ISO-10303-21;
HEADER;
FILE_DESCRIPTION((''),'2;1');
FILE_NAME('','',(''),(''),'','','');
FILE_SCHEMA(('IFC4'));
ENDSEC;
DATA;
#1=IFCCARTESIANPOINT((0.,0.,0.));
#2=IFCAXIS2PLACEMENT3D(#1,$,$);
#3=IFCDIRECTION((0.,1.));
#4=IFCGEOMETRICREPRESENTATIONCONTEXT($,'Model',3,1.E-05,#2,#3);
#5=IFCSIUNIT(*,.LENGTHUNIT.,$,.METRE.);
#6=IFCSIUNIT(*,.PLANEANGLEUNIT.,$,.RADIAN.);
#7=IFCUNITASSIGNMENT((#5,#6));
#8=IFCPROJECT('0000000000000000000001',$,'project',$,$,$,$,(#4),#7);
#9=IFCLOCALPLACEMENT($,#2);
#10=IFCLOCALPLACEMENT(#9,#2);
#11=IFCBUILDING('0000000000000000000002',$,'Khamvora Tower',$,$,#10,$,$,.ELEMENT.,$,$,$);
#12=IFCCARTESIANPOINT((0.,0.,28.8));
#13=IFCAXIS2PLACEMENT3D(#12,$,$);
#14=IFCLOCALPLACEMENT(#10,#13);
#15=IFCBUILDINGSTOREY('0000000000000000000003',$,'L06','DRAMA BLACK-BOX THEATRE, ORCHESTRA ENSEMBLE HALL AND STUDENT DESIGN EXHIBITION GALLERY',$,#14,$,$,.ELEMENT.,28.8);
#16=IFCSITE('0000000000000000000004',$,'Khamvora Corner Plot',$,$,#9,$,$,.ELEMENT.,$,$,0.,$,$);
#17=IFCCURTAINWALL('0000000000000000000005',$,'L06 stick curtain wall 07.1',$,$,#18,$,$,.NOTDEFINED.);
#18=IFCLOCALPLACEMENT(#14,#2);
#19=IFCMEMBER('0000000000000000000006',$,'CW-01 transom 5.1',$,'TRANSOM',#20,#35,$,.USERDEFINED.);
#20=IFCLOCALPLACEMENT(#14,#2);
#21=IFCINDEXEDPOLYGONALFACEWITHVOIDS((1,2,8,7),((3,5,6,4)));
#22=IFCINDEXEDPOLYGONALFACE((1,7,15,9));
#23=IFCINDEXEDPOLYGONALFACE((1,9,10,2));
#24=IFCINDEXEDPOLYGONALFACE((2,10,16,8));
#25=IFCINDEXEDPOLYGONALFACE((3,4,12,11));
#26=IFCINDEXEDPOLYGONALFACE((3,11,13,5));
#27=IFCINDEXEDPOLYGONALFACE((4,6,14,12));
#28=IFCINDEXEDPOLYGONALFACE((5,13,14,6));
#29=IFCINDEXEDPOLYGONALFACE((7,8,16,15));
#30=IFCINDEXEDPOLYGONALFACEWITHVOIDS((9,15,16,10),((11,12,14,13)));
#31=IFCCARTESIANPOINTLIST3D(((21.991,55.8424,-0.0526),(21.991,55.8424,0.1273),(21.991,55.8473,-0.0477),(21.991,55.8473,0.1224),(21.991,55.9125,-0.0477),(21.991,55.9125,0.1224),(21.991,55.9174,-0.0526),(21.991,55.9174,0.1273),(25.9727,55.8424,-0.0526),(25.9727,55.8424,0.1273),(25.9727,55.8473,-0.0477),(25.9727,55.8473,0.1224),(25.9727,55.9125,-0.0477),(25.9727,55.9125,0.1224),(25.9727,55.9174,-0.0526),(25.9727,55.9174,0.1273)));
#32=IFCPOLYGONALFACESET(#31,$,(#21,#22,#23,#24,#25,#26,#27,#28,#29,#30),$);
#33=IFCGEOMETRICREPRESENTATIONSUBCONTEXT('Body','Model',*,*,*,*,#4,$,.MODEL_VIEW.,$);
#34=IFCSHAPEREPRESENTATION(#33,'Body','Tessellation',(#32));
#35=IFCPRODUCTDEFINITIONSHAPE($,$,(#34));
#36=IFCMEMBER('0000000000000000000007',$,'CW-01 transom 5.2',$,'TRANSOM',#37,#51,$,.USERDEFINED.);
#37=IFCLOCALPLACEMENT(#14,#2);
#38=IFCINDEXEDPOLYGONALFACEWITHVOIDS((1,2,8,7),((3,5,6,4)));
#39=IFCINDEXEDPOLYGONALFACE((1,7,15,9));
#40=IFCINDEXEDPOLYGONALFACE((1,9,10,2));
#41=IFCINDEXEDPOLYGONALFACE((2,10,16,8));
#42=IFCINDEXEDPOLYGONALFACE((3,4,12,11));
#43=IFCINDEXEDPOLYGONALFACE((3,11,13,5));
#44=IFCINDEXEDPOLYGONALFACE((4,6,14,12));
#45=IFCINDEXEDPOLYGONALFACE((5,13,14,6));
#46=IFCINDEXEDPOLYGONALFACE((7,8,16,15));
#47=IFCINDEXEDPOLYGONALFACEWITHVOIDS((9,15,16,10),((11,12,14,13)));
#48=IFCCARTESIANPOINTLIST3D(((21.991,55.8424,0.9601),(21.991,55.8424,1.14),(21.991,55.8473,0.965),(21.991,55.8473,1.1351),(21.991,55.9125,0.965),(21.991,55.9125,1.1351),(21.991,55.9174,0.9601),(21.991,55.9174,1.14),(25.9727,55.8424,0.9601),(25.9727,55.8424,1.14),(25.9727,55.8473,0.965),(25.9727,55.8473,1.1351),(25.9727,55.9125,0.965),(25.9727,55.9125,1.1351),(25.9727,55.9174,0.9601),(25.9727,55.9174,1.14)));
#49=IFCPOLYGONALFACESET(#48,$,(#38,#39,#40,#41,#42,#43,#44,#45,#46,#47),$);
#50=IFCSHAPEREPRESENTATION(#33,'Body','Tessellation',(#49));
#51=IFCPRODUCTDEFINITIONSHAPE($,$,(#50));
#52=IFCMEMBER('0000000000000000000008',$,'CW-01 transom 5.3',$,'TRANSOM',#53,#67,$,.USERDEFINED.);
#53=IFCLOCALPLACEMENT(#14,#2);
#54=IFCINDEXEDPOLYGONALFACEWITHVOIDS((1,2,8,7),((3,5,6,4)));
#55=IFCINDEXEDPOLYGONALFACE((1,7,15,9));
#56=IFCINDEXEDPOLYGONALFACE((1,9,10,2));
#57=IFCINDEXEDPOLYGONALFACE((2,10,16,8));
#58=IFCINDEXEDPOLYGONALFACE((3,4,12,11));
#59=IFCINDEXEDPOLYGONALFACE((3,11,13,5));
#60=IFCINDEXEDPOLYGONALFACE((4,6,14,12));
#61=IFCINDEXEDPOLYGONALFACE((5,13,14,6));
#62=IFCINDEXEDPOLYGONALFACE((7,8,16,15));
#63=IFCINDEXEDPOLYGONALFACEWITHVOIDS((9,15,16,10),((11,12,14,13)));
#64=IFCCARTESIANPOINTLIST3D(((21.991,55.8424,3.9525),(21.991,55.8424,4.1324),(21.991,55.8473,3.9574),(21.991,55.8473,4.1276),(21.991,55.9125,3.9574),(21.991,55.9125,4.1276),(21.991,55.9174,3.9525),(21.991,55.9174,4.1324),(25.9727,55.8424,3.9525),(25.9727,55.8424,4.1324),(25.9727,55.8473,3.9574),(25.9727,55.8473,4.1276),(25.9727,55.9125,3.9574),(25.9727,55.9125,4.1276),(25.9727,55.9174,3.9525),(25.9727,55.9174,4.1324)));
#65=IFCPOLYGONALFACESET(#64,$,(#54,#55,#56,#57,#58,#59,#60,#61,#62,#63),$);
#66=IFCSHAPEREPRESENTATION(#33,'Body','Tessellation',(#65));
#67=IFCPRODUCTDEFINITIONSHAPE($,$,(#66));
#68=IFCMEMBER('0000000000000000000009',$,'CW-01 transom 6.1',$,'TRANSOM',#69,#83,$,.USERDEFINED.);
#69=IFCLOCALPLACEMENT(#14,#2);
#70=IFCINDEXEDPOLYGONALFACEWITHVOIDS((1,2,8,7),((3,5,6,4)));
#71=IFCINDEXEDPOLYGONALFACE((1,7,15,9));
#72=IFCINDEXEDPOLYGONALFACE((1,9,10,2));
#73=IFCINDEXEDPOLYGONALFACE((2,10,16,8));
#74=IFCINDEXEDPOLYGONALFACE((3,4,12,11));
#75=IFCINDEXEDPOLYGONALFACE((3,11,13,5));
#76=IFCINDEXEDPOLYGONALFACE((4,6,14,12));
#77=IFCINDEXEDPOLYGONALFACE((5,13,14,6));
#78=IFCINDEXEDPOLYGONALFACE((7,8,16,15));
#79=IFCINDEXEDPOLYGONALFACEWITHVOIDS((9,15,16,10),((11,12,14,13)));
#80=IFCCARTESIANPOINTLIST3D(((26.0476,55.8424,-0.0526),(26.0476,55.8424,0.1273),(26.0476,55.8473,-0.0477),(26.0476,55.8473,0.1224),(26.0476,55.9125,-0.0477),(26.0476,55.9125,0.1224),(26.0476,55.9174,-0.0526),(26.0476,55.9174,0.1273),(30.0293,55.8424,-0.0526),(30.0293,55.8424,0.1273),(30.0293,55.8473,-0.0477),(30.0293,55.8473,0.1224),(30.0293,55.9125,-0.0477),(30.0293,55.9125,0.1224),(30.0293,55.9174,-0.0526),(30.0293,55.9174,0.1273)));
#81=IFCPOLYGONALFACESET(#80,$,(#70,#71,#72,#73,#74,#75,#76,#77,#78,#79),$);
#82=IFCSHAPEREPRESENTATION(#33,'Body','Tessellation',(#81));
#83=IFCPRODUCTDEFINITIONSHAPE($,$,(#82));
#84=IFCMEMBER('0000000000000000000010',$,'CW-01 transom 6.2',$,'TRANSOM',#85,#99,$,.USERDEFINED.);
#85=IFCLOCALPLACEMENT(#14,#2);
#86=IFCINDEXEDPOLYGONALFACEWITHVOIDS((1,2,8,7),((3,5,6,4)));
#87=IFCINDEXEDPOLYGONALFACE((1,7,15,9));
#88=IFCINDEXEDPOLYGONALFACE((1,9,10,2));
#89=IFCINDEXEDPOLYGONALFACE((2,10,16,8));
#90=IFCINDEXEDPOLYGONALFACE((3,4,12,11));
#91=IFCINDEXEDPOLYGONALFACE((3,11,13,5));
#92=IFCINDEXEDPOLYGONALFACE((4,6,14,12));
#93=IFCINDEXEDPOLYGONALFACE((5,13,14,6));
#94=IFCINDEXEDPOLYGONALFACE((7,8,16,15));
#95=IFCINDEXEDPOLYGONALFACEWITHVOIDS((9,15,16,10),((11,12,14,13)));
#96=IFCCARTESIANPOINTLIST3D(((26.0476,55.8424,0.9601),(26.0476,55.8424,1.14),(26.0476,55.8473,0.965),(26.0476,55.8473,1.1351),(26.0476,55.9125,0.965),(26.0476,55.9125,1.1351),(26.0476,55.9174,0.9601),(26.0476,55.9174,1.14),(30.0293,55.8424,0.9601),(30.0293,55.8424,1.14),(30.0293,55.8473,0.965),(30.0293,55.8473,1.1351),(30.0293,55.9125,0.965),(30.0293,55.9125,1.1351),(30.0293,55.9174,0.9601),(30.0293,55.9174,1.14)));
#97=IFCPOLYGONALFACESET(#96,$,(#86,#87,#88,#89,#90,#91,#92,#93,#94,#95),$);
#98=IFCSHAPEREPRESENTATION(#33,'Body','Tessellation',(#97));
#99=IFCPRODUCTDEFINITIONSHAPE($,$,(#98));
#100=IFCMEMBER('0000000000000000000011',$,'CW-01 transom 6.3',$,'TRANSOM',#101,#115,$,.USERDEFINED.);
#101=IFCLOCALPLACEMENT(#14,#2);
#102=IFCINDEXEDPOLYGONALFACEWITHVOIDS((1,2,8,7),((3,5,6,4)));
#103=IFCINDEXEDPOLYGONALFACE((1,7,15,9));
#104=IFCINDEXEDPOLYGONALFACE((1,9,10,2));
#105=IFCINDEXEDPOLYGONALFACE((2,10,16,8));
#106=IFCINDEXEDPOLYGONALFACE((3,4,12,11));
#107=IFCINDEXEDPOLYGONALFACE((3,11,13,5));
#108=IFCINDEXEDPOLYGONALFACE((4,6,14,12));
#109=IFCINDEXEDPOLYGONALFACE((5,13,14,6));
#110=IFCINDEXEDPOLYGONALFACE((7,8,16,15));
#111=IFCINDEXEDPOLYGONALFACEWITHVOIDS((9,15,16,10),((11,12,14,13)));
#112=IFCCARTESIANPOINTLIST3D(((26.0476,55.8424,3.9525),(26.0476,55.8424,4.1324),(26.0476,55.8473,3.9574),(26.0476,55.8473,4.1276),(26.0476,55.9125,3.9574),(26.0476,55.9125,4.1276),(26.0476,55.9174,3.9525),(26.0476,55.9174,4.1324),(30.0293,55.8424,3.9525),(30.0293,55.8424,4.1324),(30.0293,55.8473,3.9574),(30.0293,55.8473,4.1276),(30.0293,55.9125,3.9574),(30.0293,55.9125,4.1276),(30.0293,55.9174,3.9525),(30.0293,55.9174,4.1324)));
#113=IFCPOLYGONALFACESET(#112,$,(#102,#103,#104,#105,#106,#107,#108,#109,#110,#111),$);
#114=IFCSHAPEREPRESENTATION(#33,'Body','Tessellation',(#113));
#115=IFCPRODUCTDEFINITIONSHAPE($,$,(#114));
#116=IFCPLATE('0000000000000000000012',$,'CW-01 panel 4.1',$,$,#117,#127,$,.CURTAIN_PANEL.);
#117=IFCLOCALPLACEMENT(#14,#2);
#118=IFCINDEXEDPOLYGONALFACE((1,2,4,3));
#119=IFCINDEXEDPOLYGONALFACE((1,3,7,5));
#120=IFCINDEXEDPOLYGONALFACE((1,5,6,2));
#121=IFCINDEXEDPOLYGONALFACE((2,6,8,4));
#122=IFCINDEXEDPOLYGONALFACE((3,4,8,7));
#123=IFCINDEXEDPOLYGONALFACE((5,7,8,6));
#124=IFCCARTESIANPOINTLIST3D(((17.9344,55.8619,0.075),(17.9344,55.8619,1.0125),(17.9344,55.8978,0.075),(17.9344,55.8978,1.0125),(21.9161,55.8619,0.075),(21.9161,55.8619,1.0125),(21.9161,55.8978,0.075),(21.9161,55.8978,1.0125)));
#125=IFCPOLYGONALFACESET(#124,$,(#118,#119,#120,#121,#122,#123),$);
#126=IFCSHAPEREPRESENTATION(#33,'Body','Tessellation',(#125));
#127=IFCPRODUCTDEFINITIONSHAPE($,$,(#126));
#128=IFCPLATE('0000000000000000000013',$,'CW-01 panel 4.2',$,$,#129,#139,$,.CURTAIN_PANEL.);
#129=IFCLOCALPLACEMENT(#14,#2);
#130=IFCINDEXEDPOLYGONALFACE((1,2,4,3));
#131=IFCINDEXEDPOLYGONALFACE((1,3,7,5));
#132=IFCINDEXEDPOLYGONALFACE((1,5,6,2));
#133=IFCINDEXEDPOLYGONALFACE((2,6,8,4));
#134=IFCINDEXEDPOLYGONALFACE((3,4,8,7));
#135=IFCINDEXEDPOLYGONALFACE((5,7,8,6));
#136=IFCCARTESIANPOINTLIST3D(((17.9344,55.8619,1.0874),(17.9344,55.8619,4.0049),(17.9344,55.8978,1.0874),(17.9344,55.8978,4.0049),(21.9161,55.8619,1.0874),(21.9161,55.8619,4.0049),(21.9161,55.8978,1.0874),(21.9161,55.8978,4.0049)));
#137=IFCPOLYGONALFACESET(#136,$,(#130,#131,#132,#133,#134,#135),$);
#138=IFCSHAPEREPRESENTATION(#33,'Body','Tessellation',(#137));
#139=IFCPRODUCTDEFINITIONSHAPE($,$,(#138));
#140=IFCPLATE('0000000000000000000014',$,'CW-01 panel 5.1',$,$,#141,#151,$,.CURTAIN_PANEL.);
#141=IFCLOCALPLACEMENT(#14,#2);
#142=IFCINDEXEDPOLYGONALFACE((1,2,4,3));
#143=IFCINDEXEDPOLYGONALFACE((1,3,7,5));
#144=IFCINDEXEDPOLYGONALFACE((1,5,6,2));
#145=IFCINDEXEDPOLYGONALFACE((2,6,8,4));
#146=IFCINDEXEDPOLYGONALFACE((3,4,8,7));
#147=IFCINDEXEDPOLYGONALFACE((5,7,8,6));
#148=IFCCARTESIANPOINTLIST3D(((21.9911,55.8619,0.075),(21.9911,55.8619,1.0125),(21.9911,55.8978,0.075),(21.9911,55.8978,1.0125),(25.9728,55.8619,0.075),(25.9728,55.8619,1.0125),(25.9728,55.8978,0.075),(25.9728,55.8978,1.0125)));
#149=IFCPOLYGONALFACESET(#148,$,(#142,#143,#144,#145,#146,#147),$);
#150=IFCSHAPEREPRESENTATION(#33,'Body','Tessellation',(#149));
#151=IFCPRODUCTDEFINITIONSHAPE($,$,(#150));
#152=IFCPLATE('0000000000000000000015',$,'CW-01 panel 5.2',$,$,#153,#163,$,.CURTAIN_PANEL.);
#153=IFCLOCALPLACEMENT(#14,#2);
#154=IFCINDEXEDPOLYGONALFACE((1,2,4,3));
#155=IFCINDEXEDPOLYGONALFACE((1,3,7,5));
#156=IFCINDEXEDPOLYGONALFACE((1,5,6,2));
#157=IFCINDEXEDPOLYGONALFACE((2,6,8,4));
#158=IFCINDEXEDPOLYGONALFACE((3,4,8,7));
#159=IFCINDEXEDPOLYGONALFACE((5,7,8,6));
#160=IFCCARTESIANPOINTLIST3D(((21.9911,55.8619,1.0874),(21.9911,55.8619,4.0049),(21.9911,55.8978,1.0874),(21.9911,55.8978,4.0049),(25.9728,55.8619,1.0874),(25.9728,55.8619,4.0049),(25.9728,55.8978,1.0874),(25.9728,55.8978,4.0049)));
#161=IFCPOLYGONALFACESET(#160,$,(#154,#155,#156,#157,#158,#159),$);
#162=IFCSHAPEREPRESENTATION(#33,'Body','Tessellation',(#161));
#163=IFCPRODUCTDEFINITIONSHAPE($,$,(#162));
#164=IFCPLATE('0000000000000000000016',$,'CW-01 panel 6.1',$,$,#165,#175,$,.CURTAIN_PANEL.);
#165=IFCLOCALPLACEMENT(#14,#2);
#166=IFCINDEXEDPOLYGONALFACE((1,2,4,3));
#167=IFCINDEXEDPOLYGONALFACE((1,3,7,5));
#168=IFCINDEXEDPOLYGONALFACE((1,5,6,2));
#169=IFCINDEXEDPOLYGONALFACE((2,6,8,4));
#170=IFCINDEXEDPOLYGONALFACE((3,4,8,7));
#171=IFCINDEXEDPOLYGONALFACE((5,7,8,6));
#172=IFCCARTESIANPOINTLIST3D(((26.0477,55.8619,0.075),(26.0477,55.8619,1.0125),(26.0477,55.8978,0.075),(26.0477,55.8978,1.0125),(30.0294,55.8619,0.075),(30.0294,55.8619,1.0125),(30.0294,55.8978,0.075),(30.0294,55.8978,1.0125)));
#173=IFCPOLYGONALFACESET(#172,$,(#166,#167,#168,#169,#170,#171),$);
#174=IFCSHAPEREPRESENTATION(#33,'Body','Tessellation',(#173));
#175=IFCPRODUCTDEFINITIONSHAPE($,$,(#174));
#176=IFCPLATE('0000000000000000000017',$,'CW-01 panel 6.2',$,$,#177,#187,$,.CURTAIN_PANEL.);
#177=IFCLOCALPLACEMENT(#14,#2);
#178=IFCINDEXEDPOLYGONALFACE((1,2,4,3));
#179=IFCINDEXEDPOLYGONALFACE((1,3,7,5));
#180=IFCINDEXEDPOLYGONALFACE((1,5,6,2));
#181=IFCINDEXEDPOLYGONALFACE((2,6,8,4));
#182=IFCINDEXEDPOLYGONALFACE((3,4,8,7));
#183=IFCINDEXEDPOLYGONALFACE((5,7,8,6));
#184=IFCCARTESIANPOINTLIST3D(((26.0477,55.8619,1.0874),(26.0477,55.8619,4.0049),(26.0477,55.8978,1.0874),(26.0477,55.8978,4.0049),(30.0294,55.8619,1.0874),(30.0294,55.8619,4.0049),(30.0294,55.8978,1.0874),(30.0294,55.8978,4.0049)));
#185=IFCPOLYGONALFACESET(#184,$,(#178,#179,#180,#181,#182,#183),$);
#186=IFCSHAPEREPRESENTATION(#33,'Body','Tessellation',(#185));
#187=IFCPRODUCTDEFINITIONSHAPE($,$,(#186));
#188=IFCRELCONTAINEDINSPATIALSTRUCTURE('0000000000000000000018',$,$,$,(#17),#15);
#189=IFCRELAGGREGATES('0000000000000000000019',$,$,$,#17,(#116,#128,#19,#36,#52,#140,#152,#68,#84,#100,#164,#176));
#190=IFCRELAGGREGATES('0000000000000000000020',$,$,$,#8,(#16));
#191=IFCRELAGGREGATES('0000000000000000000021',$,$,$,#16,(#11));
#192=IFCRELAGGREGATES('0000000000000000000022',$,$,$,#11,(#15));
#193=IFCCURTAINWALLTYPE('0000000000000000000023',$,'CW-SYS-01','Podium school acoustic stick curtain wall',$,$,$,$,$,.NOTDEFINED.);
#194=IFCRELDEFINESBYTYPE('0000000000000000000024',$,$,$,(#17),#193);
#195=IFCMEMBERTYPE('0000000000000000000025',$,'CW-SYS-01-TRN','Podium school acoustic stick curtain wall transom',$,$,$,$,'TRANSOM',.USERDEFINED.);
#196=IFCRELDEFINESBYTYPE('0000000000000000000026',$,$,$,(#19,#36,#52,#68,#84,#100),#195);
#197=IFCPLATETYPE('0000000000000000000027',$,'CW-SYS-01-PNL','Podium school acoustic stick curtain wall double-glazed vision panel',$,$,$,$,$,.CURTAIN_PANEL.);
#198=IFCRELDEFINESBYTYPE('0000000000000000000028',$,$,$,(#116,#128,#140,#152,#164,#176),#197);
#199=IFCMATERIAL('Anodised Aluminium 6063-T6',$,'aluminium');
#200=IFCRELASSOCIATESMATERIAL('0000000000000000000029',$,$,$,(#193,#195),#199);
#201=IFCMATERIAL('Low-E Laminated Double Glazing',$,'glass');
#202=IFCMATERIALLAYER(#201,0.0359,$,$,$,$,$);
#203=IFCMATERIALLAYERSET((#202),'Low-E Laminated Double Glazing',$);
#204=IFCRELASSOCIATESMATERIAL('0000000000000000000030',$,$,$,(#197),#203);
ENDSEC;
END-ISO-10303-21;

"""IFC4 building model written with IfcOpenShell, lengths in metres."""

from ifc_helpers import new_model, si_unit, direction, frame, origin, origin_2d, place, context, subcontext, project, spatial, rectangle, hollow_rectangle, extrude, material, layer, layer_set, material_profile, profile_set, type_object, element, aggregate, save


model = new_model("IFC4")

# Units and contexts
model_context = context("Model", 3, precision=1e-05, world=origin(), true_north=direction((0.0, 1.0)))
body_context = subcontext(model_context, "Body", "Model", "MODEL_VIEW")
ifc_project = project(units=[si_unit("LENGTHUNIT", "METRE"), si_unit("PLANEANGLEUNIT", "RADIAN")], contexts=[model_context])

# Site, building, storey
site_placement = place(None, origin())
site = spatial("IfcSite", under=ifc_project, at=site_placement, Name="Khamvora Corner Plot", CompositionType="ELEMENT", RefElevation=0.0)
building_placement = place(site_placement, origin())
building = spatial("IfcBuilding", under=site, at=building_placement, Name="Khamvora Tower", CompositionType="ELEMENT")
storey_placement = place(building_placement, frame((0.0, 0.0, 28.8)))
storey = spatial("IfcBuildingStorey", under=building, at=storey_placement, Name="L06", Description="DRAMA BLACK-BOX THEATRE, ORCHESTRA ENSEMBLE HALL AND STUDENT DESIGN EXHIBITION GALLERY", CompositionType="ELEMENT", Elevation=28.8)

# Curtain wall, members, plates
ifc_material_1 = material(Name="Anodised Aluminium 6063-T6", Category="aluminium")
curtain_wall_type = type_object("IfcCurtainWallType", Name="CW-SYS-01", Description="Podium school acoustic stick curtain wall", PredefinedType="NOTDEFINED", material=ifc_material_1)
curtain_wall_placement = place(storey_placement, origin())
curtain_wall = element("IfcCurtainWall", 1, at=curtain_wall_placement, inside=storey, type_object=curtain_wall_type, Name="L06 stick curtain wall 07.1", PredefinedType="NOTDEFINED")
ifc_material_profile_1 = material_profile(ifc_material_1, hollow_rectangle(XDim=0.075, YDim=0.1799, WallThickness=0.0049, at=origin_2d()), Name="TRN75x180x5")
ifc_profile_set_1 = profile_set([ifc_material_profile_1], Name="Anodised Aluminium 6063-T6")
member_type_1 = type_object("IfcMemberType", Name="CW-SYS-01-TRN", Description="Podium school acoustic stick curtain wall transom", ElementType="TRANSOM", PredefinedType="USERDEFINED", material=ifc_profile_set_1)
member_1_placement = place(storey_placement, frame((21.991, 55.8799, 0.0374), z_axis=(1.0, 0.0, 0.0), x_axis=(0.0, 1.0, 0.0)))
member_1 = element("IfcMember", 2, at=member_1_placement, type_object=member_type_1, Name="CW-01 transom 5.1", ObjectType="TRANSOM", PredefinedType="USERDEFINED", context=body_context, shape_type="SweptSolid", body=[
    extrude(hollow_rectangle(XDim=0.075, YDim=0.1799, WallThickness=0.0049, at=origin_2d()), origin(), (0.0, 0.0, 1.0), 3.9817),
])
member_2_placement = place(storey_placement, frame((21.991, 55.8799, 1.05), z_axis=(1.0, 0.0, 0.0), x_axis=(0.0, 1.0, 0.0)))
member_2 = element("IfcMember", 3, at=member_2_placement, type_object=member_type_1, Name="CW-01 transom 5.2", ObjectType="TRANSOM", PredefinedType="USERDEFINED", context=body_context, shape_type="SweptSolid", body=[
    extrude(hollow_rectangle(XDim=0.075, YDim=0.1799, WallThickness=0.0049, at=origin_2d()), origin(), (0.0, 0.0, 1.0), 3.9817),
])
member_3_placement = place(storey_placement, frame((21.991, 55.8799, 4.0425), z_axis=(1.0, 0.0, 0.0), x_axis=(0.0, 1.0, 0.0)))
member_3 = element("IfcMember", 4, at=member_3_placement, type_object=member_type_1, Name="CW-01 transom 5.3", ObjectType="TRANSOM", PredefinedType="USERDEFINED", context=body_context, shape_type="SweptSolid", body=[
    extrude(hollow_rectangle(XDim=0.075, YDim=0.1799, WallThickness=0.0049, at=origin_2d()), origin(), (0.0, 0.0, 1.0), 3.9817),
])
member_4_placement = place(storey_placement, frame((26.0476, 55.8799, 0.0374), z_axis=(1.0, 0.0, 0.0), x_axis=(0.0, 1.0, 0.0)))
member_4 = element("IfcMember", 5, at=member_4_placement, type_object=member_type_1, Name="CW-01 transom 6.1", ObjectType="TRANSOM", PredefinedType="USERDEFINED", context=body_context, shape_type="SweptSolid", body=[
    extrude(hollow_rectangle(XDim=0.075, YDim=0.1799, WallThickness=0.0049, at=origin_2d()), origin(), (0.0, 0.0, 1.0), 3.9817),
])
member_5_placement = place(storey_placement, frame((26.0476, 55.8799, 1.05), z_axis=(1.0, 0.0, 0.0), x_axis=(0.0, 1.0, 0.0)))
member_5 = element("IfcMember", 6, at=member_5_placement, type_object=member_type_1, Name="CW-01 transom 6.2", ObjectType="TRANSOM", PredefinedType="USERDEFINED", context=body_context, shape_type="SweptSolid", body=[
    extrude(hollow_rectangle(XDim=0.075, YDim=0.1799, WallThickness=0.0049, at=origin_2d()), origin(), (0.0, 0.0, 1.0), 3.9817),
])
member_6_placement = place(storey_placement, frame((26.0476, 55.8799, 4.0425), z_axis=(1.0, 0.0, 0.0), x_axis=(0.0, 1.0, 0.0)))
member_6 = element("IfcMember", 7, at=member_6_placement, type_object=member_type_1, Name="CW-01 transom 6.3", ObjectType="TRANSOM", PredefinedType="USERDEFINED", context=body_context, shape_type="SweptSolid", body=[
    extrude(hollow_rectangle(XDim=0.075, YDim=0.1799, WallThickness=0.0049, at=origin_2d()), origin(), (0.0, 0.0, 1.0), 3.9817),
])
ifc_material_2 = material(Name="Low-E Laminated Double Glazing", Category="glass")
ifc_layer_1 = layer(ifc_material_2, 0.0359)
ifc_layer_set_1 = layer_set([ifc_layer_1], Name="Low-E Laminated Double Glazing")
plate_type_1 = type_object("IfcPlateType", Name="CW-SYS-01-PNL", Description="Podium school acoustic stick curtain wall double-glazed vision panel", PredefinedType="CURTAIN_PANEL", material=ifc_layer_set_1)
plate_1_placement = place(storey_placement, frame((19.9253, 55.8799, 0.075), z_axis=(0.0, 0.0, 1.0), x_axis=(1.0, 0.0, 0.0)))
plate_1 = element("IfcPlate", 8, at=plate_1_placement, type_object=plate_type_1, Name="CW-01 panel 4.1", PredefinedType="CURTAIN_PANEL", context=body_context, shape_type="SweptSolid", body=[
    extrude(rectangle(XDim=3.9817, YDim=0.0359, at=origin_2d()), origin(), (0.0, 0.0, 1.0), 0.9375),
])
plate_2_placement = place(storey_placement, frame((19.9253, 55.8799, 1.0874), z_axis=(0.0, 0.0, 1.0), x_axis=(1.0, 0.0, 0.0)))
plate_2 = element("IfcPlate", 9, at=plate_2_placement, type_object=plate_type_1, Name="CW-01 panel 4.2", PredefinedType="CURTAIN_PANEL", context=body_context, shape_type="SweptSolid", body=[
    extrude(rectangle(XDim=3.9817, YDim=0.0359, at=origin_2d()), origin(), (0.0, 0.0, 1.0), 2.9175),
])
plate_3_placement = place(storey_placement, frame((23.9819, 55.8799, 0.075), z_axis=(0.0, 0.0, 1.0), x_axis=(1.0, 0.0, 0.0)))
plate_3 = element("IfcPlate", 10, at=plate_3_placement, type_object=plate_type_1, Name="CW-01 panel 5.1", PredefinedType="CURTAIN_PANEL", context=body_context, shape_type="SweptSolid", body=[
    extrude(rectangle(XDim=3.9817, YDim=0.0359, at=origin_2d()), origin(), (0.0, 0.0, 1.0), 0.9375),
])
plate_4_placement = place(storey_placement, frame((23.9819, 55.8799, 1.0874), z_axis=(0.0, 0.0, 1.0), x_axis=(1.0, 0.0, 0.0)))
plate_4 = element("IfcPlate", 11, at=plate_4_placement, type_object=plate_type_1, Name="CW-01 panel 5.2", PredefinedType="CURTAIN_PANEL", context=body_context, shape_type="SweptSolid", body=[
    extrude(rectangle(XDim=3.9817, YDim=0.0359, at=origin_2d()), origin(), (0.0, 0.0, 1.0), 2.9175),
])
plate_5_placement = place(storey_placement, frame((28.0386, 55.8799, 0.075), z_axis=(0.0, 0.0, 1.0), x_axis=(1.0, 0.0, 0.0)))
plate_5 = element("IfcPlate", 12, at=plate_5_placement, type_object=plate_type_1, Name="CW-01 panel 6.1", PredefinedType="CURTAIN_PANEL", context=body_context, shape_type="SweptSolid", body=[
    extrude(rectangle(XDim=3.9817, YDim=0.0359, at=origin_2d()), origin(), (0.0, 0.0, 1.0), 0.9375),
])
plate_6_placement = place(storey_placement, frame((28.0386, 55.8799, 1.0874), z_axis=(0.0, 0.0, 1.0), x_axis=(1.0, 0.0, 0.0)))
plate_6 = element("IfcPlate", 13, at=plate_6_placement, type_object=plate_type_1, Name="CW-01 panel 6.2", PredefinedType="CURTAIN_PANEL", context=body_context, shape_type="SweptSolid", body=[
    extrude(rectangle(XDim=3.9817, YDim=0.0359, at=origin_2d()), origin(), (0.0, 0.0, 1.0), 2.9175),
])
aggregate(curtain_wall, [plate_1, plate_2, member_1, member_2, member_3, plate_3, plate_4, member_4, member_5, member_6, plate_5, plate_6])

save(model, "model.ifc")
